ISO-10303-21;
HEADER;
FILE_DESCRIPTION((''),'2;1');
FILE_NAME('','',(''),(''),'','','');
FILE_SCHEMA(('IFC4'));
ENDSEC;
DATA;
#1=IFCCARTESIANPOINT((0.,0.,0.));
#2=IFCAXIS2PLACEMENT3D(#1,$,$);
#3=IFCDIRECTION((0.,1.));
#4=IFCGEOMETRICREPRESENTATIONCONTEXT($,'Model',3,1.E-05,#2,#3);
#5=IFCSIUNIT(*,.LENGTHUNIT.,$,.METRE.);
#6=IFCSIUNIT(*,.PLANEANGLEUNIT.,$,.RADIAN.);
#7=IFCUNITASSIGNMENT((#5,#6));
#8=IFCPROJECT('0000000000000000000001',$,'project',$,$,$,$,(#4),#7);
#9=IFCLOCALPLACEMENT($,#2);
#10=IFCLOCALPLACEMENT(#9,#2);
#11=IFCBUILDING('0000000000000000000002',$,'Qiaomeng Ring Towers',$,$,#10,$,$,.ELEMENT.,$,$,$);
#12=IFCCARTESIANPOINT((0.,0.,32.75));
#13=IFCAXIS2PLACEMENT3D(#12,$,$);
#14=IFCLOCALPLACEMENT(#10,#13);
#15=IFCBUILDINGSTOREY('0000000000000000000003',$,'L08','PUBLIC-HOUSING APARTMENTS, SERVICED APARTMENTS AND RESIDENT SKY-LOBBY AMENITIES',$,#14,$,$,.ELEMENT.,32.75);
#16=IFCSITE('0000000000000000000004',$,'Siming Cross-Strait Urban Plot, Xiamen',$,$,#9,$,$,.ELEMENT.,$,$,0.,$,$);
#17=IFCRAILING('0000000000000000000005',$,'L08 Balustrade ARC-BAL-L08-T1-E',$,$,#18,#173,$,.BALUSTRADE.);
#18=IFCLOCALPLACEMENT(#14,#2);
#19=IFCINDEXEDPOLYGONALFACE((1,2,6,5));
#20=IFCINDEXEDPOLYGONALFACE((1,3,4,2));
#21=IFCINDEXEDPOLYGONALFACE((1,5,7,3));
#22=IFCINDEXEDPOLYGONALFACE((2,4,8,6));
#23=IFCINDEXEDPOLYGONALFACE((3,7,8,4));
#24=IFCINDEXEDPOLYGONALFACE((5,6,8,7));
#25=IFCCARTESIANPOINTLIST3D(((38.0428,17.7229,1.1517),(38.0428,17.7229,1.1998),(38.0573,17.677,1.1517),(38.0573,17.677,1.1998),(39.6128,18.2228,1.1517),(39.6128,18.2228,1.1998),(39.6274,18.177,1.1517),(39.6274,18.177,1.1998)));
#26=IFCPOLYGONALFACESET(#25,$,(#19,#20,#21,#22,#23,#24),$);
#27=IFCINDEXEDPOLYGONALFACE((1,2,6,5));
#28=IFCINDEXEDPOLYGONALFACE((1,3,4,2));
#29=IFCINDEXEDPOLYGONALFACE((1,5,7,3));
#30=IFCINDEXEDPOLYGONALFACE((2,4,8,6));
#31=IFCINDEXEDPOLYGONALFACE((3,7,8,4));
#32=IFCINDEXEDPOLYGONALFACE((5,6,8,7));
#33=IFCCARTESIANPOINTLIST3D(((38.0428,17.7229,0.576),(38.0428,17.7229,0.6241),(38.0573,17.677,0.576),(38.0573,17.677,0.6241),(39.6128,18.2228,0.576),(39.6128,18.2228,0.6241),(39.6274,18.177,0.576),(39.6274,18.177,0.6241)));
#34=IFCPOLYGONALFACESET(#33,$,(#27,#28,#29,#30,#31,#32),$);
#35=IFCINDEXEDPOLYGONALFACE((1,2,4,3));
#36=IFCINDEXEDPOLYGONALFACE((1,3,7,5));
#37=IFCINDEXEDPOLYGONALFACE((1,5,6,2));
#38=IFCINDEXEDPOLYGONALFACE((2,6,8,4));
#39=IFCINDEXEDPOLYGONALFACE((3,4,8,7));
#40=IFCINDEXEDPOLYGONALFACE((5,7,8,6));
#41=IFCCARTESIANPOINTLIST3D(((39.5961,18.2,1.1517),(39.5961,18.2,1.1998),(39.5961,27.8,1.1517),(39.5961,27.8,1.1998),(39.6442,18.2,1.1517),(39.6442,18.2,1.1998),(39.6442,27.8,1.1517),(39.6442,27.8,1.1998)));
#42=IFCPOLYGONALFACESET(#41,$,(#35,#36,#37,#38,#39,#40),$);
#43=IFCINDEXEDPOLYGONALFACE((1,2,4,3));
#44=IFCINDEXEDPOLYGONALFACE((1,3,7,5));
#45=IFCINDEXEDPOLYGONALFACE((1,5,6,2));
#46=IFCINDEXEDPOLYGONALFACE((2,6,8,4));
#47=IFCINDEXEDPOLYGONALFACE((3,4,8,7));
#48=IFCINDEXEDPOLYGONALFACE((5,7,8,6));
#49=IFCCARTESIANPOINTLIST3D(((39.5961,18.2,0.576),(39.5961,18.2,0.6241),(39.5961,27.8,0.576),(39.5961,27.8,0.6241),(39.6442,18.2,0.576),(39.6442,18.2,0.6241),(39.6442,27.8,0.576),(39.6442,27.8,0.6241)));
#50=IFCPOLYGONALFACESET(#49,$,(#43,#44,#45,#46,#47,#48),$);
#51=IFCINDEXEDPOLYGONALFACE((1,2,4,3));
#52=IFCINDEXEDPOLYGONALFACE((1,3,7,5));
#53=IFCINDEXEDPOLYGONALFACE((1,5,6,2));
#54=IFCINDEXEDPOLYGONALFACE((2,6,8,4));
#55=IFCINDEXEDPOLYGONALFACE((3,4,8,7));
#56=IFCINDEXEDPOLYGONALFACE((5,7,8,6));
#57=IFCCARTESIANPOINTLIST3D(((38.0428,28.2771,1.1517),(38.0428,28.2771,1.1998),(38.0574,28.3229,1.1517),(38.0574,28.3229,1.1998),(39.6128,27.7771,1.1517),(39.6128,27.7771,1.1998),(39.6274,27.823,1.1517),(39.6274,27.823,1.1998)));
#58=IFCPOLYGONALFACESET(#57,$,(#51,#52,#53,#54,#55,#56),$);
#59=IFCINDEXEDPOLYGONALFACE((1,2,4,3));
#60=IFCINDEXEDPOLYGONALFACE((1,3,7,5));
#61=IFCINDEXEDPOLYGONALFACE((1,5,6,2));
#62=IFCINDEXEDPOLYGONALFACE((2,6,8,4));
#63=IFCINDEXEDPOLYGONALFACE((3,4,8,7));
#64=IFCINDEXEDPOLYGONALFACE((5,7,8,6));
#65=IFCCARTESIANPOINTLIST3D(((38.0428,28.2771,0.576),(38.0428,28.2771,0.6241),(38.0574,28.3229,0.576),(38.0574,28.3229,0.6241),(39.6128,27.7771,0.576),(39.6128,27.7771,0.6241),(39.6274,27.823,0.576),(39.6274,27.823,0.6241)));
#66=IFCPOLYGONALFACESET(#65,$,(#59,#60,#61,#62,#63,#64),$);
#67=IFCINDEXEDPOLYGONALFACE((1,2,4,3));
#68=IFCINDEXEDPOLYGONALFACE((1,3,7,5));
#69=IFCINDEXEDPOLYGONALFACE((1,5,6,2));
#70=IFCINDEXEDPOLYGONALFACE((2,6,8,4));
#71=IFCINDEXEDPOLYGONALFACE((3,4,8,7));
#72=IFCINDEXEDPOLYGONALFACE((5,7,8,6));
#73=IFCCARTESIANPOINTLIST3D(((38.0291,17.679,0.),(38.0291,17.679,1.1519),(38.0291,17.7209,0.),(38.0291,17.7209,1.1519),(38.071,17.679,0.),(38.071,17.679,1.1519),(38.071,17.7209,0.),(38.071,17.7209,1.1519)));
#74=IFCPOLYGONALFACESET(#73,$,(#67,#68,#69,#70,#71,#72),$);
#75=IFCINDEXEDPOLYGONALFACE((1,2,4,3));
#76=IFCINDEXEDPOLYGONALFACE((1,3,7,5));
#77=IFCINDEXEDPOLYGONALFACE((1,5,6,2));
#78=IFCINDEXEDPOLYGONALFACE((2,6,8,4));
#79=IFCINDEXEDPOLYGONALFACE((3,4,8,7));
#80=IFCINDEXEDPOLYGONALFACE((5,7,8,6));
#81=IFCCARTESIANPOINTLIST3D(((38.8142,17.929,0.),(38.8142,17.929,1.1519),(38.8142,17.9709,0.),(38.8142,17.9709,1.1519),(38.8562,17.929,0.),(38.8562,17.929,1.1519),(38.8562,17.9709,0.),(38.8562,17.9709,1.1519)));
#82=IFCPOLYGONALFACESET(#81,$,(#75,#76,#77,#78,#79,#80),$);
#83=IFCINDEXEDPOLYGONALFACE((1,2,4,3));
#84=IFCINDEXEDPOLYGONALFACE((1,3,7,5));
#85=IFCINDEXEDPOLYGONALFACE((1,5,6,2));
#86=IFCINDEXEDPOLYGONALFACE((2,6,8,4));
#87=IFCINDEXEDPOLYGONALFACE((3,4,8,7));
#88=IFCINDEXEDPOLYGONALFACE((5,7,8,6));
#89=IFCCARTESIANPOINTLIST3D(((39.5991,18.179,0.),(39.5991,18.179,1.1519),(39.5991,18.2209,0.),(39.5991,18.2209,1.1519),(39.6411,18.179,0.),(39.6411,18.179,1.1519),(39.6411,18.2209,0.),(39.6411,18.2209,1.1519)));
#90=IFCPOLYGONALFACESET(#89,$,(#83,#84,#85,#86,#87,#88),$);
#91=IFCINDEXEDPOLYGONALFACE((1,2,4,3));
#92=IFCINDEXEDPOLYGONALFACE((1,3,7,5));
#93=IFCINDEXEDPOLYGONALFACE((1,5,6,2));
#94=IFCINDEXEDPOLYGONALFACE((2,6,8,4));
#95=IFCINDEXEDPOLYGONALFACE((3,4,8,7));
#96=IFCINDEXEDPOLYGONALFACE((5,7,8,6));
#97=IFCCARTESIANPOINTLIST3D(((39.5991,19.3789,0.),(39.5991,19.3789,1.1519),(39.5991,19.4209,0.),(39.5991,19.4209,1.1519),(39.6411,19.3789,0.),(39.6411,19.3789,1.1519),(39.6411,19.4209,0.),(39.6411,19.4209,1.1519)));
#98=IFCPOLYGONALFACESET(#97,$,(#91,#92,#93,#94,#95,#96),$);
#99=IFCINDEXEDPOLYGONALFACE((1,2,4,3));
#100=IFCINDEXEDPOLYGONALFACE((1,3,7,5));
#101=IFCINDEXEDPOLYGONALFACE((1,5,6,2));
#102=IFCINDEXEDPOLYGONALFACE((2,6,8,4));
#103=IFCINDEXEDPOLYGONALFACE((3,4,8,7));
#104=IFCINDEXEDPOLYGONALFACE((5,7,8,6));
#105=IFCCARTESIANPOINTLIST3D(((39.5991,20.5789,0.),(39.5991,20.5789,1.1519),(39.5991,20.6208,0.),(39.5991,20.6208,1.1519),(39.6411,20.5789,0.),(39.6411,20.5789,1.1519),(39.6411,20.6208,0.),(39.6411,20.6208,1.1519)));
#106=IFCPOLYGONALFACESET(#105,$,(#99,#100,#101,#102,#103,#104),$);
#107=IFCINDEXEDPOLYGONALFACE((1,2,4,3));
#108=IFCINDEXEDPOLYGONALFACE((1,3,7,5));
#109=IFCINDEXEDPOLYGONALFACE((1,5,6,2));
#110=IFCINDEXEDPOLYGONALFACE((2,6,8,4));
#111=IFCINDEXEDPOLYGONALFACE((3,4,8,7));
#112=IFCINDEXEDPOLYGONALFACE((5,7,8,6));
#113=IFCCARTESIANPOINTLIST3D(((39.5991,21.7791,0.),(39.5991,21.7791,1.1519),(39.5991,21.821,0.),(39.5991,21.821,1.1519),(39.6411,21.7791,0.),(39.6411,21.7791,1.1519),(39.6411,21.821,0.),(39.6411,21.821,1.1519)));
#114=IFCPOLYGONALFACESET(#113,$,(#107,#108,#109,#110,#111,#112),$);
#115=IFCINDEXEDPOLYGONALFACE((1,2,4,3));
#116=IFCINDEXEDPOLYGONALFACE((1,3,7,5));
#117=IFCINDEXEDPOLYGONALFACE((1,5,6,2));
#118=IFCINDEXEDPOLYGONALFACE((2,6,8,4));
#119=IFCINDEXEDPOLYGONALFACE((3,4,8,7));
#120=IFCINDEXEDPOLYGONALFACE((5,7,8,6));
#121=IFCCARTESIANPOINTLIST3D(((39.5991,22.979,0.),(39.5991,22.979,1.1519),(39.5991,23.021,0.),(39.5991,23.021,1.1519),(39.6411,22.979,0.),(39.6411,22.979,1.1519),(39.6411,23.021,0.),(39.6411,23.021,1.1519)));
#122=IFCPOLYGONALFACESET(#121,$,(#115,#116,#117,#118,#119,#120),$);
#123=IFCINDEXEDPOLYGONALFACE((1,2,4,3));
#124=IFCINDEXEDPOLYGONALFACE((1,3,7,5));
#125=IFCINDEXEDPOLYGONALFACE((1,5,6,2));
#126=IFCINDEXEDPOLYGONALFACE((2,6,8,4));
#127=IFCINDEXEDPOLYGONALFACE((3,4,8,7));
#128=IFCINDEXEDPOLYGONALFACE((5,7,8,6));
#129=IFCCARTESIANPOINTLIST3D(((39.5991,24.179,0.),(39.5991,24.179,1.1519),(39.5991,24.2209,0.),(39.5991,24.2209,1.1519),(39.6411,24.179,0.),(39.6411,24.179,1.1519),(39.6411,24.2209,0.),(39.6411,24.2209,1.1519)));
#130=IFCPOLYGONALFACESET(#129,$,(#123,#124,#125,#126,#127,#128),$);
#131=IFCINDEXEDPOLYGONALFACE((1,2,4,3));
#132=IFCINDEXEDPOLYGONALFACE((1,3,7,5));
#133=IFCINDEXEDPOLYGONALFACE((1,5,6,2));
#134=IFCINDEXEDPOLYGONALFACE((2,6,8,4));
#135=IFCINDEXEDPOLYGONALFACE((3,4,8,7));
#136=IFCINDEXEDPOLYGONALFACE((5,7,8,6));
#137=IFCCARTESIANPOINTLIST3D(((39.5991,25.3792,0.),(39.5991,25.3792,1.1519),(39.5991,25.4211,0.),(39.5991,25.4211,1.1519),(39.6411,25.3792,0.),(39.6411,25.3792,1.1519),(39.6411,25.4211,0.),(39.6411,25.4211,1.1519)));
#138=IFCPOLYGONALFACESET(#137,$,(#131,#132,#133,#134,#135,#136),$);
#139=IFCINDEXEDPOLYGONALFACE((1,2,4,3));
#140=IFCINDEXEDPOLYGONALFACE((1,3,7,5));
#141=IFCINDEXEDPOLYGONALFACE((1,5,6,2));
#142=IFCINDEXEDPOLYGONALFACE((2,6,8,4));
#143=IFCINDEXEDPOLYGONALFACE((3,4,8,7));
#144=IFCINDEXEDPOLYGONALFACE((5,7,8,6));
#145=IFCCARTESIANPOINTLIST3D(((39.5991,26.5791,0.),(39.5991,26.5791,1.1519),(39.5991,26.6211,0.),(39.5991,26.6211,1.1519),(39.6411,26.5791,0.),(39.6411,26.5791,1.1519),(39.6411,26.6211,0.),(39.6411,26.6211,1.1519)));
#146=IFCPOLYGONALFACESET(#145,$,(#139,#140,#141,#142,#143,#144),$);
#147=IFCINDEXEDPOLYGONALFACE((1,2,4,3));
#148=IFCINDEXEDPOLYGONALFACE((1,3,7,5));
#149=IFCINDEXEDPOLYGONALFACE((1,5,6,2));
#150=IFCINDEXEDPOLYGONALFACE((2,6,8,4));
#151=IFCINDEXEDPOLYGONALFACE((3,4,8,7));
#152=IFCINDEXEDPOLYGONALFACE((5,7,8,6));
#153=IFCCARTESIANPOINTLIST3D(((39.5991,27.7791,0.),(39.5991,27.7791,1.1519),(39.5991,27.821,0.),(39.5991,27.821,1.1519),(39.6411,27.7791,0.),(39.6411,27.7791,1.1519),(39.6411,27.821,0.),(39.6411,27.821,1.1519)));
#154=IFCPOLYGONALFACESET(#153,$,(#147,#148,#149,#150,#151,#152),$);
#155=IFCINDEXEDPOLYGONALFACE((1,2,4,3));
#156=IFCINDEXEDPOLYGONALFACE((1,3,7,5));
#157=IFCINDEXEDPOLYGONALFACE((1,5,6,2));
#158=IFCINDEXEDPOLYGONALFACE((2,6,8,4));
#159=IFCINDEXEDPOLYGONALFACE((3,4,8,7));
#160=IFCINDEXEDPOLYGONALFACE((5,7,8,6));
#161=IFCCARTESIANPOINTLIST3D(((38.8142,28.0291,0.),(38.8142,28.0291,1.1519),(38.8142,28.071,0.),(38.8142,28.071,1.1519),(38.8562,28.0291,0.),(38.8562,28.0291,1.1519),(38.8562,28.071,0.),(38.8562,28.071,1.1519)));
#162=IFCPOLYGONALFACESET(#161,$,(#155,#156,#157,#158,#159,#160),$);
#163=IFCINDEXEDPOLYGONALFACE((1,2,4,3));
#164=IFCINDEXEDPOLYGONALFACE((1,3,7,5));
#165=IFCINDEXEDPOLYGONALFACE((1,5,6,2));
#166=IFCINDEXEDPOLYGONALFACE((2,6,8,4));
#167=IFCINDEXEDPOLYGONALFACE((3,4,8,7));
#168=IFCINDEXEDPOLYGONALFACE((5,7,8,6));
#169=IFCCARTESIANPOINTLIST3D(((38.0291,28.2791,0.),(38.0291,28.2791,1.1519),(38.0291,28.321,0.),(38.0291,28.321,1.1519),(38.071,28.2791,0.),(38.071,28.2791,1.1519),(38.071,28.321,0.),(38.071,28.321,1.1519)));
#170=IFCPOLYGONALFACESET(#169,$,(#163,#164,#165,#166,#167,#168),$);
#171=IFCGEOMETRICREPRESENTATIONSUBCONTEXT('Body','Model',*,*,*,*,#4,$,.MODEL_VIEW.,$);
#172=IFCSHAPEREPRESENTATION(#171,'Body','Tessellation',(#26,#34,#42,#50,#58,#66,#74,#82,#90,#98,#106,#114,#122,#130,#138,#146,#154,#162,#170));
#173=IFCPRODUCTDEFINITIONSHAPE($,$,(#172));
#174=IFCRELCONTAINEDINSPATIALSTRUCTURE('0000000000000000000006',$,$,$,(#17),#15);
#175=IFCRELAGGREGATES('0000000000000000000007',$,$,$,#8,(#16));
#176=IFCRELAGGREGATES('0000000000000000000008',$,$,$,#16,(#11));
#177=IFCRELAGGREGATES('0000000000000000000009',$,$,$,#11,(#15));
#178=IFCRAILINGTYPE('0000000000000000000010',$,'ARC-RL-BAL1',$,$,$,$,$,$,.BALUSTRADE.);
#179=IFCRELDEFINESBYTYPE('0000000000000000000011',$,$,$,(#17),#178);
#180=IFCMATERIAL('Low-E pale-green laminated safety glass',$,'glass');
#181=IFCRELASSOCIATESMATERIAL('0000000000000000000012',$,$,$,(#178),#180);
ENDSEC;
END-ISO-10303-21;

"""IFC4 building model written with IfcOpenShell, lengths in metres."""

from ifc_helpers import new_model, si_unit, direction, frame, origin, origin_2d, place, context, subcontext, project, spatial, rectangle, extrude, material, type_object, element, save


model = new_model("IFC4")

# Units and contexts
model_context = context("Model", 3, precision=1e-05, world=origin(), true_north=direction((0.0, 1.0)))
body_context = subcontext(model_context, "Body", "Model", "MODEL_VIEW")
ifc_project = project(units=[si_unit("LENGTHUNIT", "METRE"), si_unit("PLANEANGLEUNIT", "RADIAN")], contexts=[model_context])

# Site, building, storey
site_placement = place(None, origin())
site = spatial("IfcSite", under=ifc_project, at=site_placement, Name="Siming Cross-Strait Urban Plot, Xiamen", CompositionType="ELEMENT", RefElevation=0.0)
building_placement = place(site_placement, origin())
building = spatial("IfcBuilding", under=site, at=building_placement, Name="Qiaomeng Ring Towers", CompositionType="ELEMENT")
storey_placement = place(building_placement, frame((0.0, 0.0, 32.75)))
storey = spatial("IfcBuildingStorey", under=building, at=storey_placement, Name="L08", Description="PUBLIC-HOUSING APARTMENTS, SERVICED APARTMENTS AND RESIDENT SKY-LOBBY AMENITIES", CompositionType="ELEMENT", Elevation=32.75)

# Railing
ifc_material_1 = material(Name="Low-E pale-green laminated safety glass", Category="glass")
railing_type = type_object("IfcRailingType", Name="ARC-RL-BAL1", PredefinedType="BALUSTRADE", material=ifc_material_1)
railing_1_placement = place(storey_placement, frame((38.05, 17.7, 0.0)))
element("IfcRailing", 1, at=railing_1_placement, inside=storey, type_object=railing_type, Name="L08 Balustrade ARC-BAL-L08-T1-E", PredefinedType="BALUSTRADE", context=body_context, shape_type="SweptSolid", body=[
    extrude(rectangle(XDim=0.0481, YDim=0.0481, at=origin_2d()), frame((0.0, 0.0, 1.1758), z_axis=(0.95285, 0.303442, 0.0), x_axis=(-0.303442, 0.95285, 0.0)), (0.0, 0.0, 1.0), 1.6477),
    extrude(rectangle(XDim=0.0481, YDim=0.0481, at=origin_2d()), frame((0.0, 0.0, 0.6001), z_axis=(0.95285, 0.303442, 0.0), x_axis=(-0.303442, 0.95285, 0.0)), (0.0, 0.0, 1.0), 1.6477),
    extrude(rectangle(XDim=0.0481, YDim=0.0481, at=origin_2d()), frame((1.5701, 0.5, 1.1758), z_axis=(0.0, 1.0, 0.0), x_axis=(-1.0, 0.0, 0.0)), (0.0, 0.0, 1.0), 9.6001),
    extrude(rectangle(XDim=0.0481, YDim=0.0481, at=origin_2d()), frame((1.5701, 0.5, 0.6001), z_axis=(0.0, 1.0, 0.0), x_axis=(-1.0, 0.0, 0.0)), (0.0, 0.0, 1.0), 9.6001),
    extrude(rectangle(XDim=0.0481, YDim=0.0481, at=origin_2d()), frame((1.5701, 10.1001, 1.1758), z_axis=(-0.95285, 0.303442, 0.0), x_axis=(-0.303442, -0.95285, 0.0)), (0.0, 0.0, 1.0), 1.6477),
    extrude(rectangle(XDim=0.0481, YDim=0.0481, at=origin_2d()), frame((1.5701, 10.1001, 0.6001), z_axis=(-0.95285, 0.303442, 0.0), x_axis=(-0.303442, -0.95285, 0.0)), (0.0, 0.0, 1.0), 1.6477),
    extrude(rectangle(XDim=0.042, YDim=0.042, at=origin_2d()), origin(), (0.0, 0.0, 1.0), 1.1519),
    extrude(rectangle(XDim=0.042, YDim=0.042, at=origin_2d()), frame((0.7852, 0.25, 0.0)), (0.0, 0.0, 1.0), 1.1519),
    extrude(rectangle(XDim=0.042, YDim=0.042, at=origin_2d()), frame((1.5701, 0.5, 0.0)), (0.0, 0.0, 1.0), 1.1519),
    extrude(rectangle(XDim=0.042, YDim=0.042, at=origin_2d()), frame((1.5701, 1.7, 0.0)), (0.0, 0.0, 1.0), 1.1519),
    extrude(rectangle(XDim=0.042, YDim=0.042, at=origin_2d()), frame((1.5701, 2.8999, 0.0)), (0.0, 0.0, 1.0), 1.1519),
    extrude(rectangle(XDim=0.042, YDim=0.042, at=origin_2d()), frame((1.5701, 4.1001, 0.0)), (0.0, 0.0, 1.0), 1.1519),
    extrude(rectangle(XDim=0.042, YDim=0.042, at=origin_2d()), frame((1.5701, 5.3, 0.0)), (0.0, 0.0, 1.0), 1.1519),
    extrude(rectangle(XDim=0.042, YDim=0.042, at=origin_2d()), frame((1.5701, 6.5, 0.0)), (0.0, 0.0, 1.0), 1.1519),
    extrude(rectangle(XDim=0.042, YDim=0.042, at=origin_2d()), frame((1.5701, 7.7002, 0.0)), (0.0, 0.0, 1.0), 1.1519),
    extrude(rectangle(XDim=0.042, YDim=0.042, at=origin_2d()), frame((1.5701, 8.9001, 0.0)), (0.0, 0.0, 1.0), 1.1519),
    extrude(rectangle(XDim=0.042, YDim=0.042, at=origin_2d()), frame((1.5701, 10.1001, 0.0)), (0.0, 0.0, 1.0), 1.1519),
    extrude(rectangle(XDim=0.042, YDim=0.042, at=origin_2d()), frame((0.7852, 10.3501, 0.0)), (0.0, 0.0, 1.0), 1.1519),
    extrude(rectangle(XDim=0.042, YDim=0.042, at=origin_2d()), frame((0.0, 10.6001, 0.0)), (0.0, 0.0, 1.0), 1.1519),
])

save(model, "model.ifc")
